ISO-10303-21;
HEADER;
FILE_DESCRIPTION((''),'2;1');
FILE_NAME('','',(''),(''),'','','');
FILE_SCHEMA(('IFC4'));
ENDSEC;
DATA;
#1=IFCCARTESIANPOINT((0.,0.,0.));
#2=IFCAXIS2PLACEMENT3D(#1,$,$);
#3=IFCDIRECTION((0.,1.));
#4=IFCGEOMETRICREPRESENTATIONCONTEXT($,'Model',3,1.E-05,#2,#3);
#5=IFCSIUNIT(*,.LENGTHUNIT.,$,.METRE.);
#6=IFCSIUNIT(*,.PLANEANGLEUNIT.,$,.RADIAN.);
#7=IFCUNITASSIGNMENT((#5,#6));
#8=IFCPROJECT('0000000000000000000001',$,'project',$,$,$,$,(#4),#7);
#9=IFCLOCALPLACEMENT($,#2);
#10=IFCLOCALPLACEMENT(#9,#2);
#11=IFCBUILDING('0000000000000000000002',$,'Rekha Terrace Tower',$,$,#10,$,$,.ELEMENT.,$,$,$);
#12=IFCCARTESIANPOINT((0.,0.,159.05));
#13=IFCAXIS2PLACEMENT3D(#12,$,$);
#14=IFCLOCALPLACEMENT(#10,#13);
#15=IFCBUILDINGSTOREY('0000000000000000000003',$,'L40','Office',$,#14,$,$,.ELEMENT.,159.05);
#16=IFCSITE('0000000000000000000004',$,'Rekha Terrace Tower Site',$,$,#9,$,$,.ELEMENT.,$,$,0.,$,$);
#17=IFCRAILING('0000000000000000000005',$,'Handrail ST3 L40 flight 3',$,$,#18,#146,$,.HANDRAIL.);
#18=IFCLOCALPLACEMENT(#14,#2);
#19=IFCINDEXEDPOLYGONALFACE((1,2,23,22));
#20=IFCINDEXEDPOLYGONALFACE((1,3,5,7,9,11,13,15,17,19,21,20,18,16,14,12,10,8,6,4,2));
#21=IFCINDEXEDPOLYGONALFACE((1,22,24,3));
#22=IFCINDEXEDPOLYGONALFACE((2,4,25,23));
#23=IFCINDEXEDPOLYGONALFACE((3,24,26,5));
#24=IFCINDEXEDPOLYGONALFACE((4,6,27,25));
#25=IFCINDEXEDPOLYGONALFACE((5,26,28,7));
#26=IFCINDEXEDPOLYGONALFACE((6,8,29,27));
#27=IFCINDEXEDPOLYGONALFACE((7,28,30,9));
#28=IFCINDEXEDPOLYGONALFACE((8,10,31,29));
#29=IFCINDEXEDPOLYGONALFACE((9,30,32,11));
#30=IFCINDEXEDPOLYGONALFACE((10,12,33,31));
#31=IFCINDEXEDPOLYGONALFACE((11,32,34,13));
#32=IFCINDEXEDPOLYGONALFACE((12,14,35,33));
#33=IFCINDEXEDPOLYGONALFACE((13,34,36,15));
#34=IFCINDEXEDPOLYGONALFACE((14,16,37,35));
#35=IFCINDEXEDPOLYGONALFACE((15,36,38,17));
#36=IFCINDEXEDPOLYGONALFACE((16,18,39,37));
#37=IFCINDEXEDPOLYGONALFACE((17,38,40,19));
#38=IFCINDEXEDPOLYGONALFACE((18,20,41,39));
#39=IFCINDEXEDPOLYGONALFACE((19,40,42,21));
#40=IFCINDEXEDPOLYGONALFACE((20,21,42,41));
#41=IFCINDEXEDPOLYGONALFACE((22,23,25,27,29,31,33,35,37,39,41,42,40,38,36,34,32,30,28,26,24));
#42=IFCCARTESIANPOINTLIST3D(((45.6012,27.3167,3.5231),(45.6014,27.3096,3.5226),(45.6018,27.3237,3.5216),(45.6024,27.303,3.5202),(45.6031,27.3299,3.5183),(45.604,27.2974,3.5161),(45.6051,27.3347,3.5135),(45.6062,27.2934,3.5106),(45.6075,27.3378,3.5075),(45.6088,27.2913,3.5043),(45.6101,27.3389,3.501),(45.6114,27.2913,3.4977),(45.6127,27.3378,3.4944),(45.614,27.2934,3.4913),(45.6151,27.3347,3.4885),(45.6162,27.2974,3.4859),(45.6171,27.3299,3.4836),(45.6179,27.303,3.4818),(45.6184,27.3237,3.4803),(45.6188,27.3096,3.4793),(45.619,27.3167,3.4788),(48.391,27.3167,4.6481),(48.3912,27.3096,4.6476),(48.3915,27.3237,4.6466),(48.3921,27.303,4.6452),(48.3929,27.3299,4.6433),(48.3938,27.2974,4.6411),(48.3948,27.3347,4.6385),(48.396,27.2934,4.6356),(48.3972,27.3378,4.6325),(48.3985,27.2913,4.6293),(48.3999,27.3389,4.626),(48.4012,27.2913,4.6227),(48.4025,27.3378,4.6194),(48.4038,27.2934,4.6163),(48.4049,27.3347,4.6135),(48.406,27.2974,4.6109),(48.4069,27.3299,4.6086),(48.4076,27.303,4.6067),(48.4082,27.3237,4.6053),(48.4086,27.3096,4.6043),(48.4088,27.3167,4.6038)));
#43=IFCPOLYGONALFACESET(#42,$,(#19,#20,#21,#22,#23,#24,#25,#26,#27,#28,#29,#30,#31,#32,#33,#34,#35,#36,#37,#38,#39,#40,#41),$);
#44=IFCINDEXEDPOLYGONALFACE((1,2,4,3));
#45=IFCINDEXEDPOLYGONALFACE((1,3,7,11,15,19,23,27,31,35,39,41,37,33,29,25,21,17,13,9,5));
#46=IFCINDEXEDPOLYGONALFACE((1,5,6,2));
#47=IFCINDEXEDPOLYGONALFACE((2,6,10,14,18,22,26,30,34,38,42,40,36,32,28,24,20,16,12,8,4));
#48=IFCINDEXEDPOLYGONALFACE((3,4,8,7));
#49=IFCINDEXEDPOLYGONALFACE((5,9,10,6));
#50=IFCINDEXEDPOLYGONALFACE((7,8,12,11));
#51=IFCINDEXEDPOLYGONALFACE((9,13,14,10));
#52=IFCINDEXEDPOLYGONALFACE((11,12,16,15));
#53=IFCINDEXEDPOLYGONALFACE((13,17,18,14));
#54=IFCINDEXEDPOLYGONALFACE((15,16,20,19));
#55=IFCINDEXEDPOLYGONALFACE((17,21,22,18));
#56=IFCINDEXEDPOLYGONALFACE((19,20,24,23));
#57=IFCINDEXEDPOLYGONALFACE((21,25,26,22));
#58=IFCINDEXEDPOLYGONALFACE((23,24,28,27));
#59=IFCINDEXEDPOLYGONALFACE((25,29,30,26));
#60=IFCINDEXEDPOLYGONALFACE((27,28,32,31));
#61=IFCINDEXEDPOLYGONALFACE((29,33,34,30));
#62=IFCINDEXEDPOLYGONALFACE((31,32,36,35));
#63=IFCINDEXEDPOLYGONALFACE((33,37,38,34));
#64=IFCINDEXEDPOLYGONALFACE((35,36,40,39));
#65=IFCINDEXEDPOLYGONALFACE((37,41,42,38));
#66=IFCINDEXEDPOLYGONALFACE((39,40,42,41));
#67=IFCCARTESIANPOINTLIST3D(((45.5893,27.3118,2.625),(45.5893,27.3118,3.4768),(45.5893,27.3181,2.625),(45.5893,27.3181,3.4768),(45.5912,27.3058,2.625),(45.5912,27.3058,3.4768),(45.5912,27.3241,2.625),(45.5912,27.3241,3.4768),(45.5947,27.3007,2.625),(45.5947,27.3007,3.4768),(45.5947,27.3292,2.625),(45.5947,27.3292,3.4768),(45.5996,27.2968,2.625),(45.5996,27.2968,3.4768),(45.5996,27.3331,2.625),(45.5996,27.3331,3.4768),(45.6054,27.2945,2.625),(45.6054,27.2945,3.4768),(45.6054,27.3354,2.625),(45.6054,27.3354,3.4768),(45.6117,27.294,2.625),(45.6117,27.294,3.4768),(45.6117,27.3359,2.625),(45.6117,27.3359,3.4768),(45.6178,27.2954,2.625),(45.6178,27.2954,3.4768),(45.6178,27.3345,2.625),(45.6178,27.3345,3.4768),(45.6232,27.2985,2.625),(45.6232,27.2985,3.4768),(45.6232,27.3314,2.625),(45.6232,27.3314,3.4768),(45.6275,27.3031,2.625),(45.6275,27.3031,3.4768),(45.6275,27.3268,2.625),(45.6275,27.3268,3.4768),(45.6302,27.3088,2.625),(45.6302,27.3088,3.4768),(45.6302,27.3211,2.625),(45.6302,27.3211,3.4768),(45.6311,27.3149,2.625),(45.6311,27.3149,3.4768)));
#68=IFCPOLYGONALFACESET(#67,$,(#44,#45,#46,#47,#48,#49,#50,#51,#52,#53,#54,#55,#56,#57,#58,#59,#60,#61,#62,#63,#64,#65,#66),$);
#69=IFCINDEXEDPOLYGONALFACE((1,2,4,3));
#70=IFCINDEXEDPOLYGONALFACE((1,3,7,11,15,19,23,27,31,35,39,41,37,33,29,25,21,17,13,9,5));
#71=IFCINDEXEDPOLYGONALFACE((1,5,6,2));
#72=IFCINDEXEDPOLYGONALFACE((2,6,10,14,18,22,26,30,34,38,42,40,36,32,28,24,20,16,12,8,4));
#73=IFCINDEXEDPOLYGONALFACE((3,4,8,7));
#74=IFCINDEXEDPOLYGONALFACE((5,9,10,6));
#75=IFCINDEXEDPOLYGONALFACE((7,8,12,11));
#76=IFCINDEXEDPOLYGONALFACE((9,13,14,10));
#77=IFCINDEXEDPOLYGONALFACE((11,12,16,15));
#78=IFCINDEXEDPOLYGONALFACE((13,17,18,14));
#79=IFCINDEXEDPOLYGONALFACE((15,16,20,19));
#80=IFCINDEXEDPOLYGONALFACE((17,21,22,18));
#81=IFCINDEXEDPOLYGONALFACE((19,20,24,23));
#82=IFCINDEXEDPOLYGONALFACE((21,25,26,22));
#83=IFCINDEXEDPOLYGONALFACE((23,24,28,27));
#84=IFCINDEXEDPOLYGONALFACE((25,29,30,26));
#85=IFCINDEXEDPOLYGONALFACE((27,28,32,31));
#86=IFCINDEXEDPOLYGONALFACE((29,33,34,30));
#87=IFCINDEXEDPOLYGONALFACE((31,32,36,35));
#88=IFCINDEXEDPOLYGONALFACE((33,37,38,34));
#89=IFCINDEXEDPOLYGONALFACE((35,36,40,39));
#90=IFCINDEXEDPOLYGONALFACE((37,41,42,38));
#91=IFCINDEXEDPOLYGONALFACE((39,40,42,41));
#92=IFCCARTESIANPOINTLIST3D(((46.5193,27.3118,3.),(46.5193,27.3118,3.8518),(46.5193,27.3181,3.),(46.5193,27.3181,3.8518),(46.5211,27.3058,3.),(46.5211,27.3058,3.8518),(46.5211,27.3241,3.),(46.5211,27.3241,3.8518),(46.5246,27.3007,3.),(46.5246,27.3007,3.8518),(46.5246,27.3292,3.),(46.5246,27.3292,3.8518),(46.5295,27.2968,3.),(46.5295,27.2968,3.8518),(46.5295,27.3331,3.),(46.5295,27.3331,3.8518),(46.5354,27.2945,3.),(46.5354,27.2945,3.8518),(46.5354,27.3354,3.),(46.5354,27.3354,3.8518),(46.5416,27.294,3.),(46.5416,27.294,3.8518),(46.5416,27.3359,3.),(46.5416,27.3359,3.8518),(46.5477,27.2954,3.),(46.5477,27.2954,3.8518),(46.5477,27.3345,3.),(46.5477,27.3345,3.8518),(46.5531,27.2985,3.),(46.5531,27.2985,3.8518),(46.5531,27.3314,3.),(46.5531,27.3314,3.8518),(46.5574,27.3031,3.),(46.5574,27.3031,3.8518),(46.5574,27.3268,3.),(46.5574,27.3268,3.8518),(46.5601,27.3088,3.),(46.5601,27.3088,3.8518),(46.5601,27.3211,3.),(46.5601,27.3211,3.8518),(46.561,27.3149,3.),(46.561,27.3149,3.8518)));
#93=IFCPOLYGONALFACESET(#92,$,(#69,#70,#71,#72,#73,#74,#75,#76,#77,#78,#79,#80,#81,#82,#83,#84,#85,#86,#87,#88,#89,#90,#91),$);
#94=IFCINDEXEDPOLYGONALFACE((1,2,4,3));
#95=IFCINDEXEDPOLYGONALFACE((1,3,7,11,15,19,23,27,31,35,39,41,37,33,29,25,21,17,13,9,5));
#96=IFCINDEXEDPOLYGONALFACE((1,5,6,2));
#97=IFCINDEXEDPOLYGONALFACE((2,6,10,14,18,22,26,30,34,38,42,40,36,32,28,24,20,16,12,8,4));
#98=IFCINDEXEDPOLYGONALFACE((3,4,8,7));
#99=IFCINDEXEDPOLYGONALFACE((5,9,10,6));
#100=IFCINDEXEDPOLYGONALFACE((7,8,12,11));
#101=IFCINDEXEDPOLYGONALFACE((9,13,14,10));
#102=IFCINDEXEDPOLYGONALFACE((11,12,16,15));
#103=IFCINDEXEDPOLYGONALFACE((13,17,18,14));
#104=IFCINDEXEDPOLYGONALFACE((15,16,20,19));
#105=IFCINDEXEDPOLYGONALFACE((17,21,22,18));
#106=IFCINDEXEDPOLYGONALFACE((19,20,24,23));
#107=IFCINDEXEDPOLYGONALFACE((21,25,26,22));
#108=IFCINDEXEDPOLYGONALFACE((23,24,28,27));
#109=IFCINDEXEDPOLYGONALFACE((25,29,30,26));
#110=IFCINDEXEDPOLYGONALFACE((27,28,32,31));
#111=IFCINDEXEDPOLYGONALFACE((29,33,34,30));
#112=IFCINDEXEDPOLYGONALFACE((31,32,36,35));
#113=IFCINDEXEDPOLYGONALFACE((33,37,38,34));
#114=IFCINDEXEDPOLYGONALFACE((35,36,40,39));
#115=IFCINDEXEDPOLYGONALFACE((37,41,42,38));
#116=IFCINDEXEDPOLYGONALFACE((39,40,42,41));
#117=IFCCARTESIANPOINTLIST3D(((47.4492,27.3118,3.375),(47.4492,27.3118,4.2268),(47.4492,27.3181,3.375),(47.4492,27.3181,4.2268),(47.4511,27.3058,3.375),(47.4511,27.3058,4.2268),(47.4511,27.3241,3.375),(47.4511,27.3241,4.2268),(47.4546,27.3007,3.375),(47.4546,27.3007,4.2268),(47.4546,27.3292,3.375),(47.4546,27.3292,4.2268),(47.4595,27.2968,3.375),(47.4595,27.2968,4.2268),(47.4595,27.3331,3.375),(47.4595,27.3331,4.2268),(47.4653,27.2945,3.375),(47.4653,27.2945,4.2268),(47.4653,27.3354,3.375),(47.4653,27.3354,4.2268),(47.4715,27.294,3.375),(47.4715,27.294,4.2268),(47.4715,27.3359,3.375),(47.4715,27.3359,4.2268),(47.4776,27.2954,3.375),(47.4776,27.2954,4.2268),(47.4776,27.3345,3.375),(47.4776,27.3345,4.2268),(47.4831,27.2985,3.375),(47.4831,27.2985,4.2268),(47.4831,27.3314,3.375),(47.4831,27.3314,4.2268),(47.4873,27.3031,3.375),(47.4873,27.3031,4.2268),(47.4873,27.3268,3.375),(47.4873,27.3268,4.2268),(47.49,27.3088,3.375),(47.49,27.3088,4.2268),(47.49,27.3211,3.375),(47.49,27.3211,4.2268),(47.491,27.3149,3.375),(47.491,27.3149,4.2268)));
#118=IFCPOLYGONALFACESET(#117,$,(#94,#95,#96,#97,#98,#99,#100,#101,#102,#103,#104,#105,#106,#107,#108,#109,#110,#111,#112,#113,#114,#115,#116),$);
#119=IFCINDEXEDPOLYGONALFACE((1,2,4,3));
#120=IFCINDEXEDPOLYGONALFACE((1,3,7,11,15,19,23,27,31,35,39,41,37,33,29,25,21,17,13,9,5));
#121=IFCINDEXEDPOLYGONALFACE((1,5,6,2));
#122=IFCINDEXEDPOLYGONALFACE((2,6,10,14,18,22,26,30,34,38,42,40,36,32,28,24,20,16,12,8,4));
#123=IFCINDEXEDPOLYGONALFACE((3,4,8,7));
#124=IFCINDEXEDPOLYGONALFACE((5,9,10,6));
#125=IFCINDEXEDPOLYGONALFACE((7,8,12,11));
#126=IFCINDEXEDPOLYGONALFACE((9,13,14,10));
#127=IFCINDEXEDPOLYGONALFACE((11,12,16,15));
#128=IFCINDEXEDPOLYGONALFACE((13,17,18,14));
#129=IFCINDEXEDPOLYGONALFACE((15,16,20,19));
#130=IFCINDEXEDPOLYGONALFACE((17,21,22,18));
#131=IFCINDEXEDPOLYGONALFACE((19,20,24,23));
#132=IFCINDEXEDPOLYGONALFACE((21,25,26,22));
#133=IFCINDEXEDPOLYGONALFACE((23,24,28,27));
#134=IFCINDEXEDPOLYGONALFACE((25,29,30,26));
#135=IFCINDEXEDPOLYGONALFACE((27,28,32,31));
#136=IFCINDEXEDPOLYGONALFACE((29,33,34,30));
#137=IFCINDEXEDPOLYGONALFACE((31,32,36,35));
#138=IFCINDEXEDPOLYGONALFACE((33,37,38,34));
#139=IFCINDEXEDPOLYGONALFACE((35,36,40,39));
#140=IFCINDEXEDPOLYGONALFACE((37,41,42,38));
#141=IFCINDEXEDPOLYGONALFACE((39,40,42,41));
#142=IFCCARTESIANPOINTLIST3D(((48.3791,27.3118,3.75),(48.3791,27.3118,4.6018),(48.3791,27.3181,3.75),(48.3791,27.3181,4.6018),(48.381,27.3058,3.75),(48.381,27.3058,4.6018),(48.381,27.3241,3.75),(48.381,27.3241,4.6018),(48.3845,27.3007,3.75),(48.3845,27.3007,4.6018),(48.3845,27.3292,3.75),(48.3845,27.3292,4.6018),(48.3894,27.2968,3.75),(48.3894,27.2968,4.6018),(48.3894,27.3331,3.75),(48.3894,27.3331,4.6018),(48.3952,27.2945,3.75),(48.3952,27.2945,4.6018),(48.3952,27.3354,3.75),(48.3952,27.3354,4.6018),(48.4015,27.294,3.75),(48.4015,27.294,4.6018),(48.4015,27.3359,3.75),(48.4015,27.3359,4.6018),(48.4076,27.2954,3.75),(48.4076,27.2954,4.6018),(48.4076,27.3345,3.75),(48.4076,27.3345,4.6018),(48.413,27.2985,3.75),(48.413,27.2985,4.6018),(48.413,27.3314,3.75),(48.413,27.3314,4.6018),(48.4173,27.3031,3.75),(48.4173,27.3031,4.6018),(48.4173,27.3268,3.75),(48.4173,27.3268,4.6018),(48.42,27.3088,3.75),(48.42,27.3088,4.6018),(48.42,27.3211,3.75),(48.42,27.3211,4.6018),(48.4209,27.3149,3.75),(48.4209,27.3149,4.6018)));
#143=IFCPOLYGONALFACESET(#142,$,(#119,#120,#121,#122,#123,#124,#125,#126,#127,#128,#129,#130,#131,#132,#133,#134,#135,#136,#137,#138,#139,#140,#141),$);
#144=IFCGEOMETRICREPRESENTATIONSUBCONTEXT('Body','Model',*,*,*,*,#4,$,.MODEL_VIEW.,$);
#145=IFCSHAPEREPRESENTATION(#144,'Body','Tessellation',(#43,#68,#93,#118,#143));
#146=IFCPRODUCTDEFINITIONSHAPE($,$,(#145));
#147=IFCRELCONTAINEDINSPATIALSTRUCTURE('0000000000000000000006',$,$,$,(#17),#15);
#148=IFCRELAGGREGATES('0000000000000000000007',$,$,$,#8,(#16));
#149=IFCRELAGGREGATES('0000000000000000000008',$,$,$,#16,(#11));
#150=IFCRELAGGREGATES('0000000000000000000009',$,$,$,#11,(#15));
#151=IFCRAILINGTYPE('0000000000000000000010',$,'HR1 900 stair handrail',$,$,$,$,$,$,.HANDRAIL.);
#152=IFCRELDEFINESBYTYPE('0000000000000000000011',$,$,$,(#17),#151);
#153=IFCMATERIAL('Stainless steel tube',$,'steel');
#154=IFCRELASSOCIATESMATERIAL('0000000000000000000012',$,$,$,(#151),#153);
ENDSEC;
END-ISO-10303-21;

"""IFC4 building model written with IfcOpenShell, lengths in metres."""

from ifc_helpers import new_model, si_unit, direction, frame, origin, origin_2d, place, context, subcontext, project, spatial, circle, extrude, material, type_object, element, save


model = new_model("IFC4")

# Units and contexts
model_context = context("Model", 3, precision=1e-05, world=origin(), true_north=direction((0.0, 1.0)))
body_context = subcontext(model_context, "Body", "Model", "MODEL_VIEW")
ifc_project = project(units=[si_unit("LENGTHUNIT", "METRE"), si_unit("PLANEANGLEUNIT", "RADIAN")], contexts=[model_context])

# Site, building, storey
site_placement = place(None, origin())
site = spatial("IfcSite", under=ifc_project, at=site_placement, Name="Rekha Terrace Tower Site", CompositionType="ELEMENT", RefElevation=0.0)
building_placement = place(site_placement, origin())
building = spatial("IfcBuilding", under=site, at=building_placement, Name="Rekha Terrace Tower", CompositionType="ELEMENT")
storey_placement = place(building_placement, frame((0.0, 0.0, 159.05)))
storey = spatial("IfcBuildingStorey", under=building, at=storey_placement, Name="L40", Description="Office", CompositionType="ELEMENT", Elevation=159.05)

# Railing
ifc_material_1 = material(Name="Stainless steel tube", Category="steel")
railing_type_1 = type_object("IfcRailingType", Name="HR1 900 stair handrail", PredefinedType="HANDRAIL", material=ifc_material_1)
railing_1_placement = place(storey_placement, frame((45.6101, 27.3149, 2.625)))
element("IfcRailing", 1, at=railing_1_placement, inside=storey, type_object=railing_type_1, Name="Handrail ST3 L40 flight 3", PredefinedType="HANDRAIL", context=body_context, shape_type="SweptSolid", body=[
    extrude(circle(Radius=0.0239, at=origin_2d()), frame((0.0, 0.0, 0.876), z_axis=(0.927432, 0.0, 0.373992), x_axis=(0.0, 1.0, 0.0)), (0.0, 0.0, 1.0), 3.0081),
    extrude(circle(Radius=0.021, at=origin_2d()), origin(), (0.0, 0.0, 1.0), 0.8518),
    extrude(circle(Radius=0.021, at=origin_2d()), frame((0.9299, 0.0, 0.375)), (0.0, 0.0, 1.0), 0.8518),
    extrude(circle(Radius=0.021, at=origin_2d()), frame((1.8599, 0.0, 0.75)), (0.0, 0.0, 1.0), 0.8518),
    extrude(circle(Radius=0.021, at=origin_2d()), frame((2.7898, 0.0, 1.125)), (0.0, 0.0, 1.0), 0.8518),
])

save(model, "model.ifc")
